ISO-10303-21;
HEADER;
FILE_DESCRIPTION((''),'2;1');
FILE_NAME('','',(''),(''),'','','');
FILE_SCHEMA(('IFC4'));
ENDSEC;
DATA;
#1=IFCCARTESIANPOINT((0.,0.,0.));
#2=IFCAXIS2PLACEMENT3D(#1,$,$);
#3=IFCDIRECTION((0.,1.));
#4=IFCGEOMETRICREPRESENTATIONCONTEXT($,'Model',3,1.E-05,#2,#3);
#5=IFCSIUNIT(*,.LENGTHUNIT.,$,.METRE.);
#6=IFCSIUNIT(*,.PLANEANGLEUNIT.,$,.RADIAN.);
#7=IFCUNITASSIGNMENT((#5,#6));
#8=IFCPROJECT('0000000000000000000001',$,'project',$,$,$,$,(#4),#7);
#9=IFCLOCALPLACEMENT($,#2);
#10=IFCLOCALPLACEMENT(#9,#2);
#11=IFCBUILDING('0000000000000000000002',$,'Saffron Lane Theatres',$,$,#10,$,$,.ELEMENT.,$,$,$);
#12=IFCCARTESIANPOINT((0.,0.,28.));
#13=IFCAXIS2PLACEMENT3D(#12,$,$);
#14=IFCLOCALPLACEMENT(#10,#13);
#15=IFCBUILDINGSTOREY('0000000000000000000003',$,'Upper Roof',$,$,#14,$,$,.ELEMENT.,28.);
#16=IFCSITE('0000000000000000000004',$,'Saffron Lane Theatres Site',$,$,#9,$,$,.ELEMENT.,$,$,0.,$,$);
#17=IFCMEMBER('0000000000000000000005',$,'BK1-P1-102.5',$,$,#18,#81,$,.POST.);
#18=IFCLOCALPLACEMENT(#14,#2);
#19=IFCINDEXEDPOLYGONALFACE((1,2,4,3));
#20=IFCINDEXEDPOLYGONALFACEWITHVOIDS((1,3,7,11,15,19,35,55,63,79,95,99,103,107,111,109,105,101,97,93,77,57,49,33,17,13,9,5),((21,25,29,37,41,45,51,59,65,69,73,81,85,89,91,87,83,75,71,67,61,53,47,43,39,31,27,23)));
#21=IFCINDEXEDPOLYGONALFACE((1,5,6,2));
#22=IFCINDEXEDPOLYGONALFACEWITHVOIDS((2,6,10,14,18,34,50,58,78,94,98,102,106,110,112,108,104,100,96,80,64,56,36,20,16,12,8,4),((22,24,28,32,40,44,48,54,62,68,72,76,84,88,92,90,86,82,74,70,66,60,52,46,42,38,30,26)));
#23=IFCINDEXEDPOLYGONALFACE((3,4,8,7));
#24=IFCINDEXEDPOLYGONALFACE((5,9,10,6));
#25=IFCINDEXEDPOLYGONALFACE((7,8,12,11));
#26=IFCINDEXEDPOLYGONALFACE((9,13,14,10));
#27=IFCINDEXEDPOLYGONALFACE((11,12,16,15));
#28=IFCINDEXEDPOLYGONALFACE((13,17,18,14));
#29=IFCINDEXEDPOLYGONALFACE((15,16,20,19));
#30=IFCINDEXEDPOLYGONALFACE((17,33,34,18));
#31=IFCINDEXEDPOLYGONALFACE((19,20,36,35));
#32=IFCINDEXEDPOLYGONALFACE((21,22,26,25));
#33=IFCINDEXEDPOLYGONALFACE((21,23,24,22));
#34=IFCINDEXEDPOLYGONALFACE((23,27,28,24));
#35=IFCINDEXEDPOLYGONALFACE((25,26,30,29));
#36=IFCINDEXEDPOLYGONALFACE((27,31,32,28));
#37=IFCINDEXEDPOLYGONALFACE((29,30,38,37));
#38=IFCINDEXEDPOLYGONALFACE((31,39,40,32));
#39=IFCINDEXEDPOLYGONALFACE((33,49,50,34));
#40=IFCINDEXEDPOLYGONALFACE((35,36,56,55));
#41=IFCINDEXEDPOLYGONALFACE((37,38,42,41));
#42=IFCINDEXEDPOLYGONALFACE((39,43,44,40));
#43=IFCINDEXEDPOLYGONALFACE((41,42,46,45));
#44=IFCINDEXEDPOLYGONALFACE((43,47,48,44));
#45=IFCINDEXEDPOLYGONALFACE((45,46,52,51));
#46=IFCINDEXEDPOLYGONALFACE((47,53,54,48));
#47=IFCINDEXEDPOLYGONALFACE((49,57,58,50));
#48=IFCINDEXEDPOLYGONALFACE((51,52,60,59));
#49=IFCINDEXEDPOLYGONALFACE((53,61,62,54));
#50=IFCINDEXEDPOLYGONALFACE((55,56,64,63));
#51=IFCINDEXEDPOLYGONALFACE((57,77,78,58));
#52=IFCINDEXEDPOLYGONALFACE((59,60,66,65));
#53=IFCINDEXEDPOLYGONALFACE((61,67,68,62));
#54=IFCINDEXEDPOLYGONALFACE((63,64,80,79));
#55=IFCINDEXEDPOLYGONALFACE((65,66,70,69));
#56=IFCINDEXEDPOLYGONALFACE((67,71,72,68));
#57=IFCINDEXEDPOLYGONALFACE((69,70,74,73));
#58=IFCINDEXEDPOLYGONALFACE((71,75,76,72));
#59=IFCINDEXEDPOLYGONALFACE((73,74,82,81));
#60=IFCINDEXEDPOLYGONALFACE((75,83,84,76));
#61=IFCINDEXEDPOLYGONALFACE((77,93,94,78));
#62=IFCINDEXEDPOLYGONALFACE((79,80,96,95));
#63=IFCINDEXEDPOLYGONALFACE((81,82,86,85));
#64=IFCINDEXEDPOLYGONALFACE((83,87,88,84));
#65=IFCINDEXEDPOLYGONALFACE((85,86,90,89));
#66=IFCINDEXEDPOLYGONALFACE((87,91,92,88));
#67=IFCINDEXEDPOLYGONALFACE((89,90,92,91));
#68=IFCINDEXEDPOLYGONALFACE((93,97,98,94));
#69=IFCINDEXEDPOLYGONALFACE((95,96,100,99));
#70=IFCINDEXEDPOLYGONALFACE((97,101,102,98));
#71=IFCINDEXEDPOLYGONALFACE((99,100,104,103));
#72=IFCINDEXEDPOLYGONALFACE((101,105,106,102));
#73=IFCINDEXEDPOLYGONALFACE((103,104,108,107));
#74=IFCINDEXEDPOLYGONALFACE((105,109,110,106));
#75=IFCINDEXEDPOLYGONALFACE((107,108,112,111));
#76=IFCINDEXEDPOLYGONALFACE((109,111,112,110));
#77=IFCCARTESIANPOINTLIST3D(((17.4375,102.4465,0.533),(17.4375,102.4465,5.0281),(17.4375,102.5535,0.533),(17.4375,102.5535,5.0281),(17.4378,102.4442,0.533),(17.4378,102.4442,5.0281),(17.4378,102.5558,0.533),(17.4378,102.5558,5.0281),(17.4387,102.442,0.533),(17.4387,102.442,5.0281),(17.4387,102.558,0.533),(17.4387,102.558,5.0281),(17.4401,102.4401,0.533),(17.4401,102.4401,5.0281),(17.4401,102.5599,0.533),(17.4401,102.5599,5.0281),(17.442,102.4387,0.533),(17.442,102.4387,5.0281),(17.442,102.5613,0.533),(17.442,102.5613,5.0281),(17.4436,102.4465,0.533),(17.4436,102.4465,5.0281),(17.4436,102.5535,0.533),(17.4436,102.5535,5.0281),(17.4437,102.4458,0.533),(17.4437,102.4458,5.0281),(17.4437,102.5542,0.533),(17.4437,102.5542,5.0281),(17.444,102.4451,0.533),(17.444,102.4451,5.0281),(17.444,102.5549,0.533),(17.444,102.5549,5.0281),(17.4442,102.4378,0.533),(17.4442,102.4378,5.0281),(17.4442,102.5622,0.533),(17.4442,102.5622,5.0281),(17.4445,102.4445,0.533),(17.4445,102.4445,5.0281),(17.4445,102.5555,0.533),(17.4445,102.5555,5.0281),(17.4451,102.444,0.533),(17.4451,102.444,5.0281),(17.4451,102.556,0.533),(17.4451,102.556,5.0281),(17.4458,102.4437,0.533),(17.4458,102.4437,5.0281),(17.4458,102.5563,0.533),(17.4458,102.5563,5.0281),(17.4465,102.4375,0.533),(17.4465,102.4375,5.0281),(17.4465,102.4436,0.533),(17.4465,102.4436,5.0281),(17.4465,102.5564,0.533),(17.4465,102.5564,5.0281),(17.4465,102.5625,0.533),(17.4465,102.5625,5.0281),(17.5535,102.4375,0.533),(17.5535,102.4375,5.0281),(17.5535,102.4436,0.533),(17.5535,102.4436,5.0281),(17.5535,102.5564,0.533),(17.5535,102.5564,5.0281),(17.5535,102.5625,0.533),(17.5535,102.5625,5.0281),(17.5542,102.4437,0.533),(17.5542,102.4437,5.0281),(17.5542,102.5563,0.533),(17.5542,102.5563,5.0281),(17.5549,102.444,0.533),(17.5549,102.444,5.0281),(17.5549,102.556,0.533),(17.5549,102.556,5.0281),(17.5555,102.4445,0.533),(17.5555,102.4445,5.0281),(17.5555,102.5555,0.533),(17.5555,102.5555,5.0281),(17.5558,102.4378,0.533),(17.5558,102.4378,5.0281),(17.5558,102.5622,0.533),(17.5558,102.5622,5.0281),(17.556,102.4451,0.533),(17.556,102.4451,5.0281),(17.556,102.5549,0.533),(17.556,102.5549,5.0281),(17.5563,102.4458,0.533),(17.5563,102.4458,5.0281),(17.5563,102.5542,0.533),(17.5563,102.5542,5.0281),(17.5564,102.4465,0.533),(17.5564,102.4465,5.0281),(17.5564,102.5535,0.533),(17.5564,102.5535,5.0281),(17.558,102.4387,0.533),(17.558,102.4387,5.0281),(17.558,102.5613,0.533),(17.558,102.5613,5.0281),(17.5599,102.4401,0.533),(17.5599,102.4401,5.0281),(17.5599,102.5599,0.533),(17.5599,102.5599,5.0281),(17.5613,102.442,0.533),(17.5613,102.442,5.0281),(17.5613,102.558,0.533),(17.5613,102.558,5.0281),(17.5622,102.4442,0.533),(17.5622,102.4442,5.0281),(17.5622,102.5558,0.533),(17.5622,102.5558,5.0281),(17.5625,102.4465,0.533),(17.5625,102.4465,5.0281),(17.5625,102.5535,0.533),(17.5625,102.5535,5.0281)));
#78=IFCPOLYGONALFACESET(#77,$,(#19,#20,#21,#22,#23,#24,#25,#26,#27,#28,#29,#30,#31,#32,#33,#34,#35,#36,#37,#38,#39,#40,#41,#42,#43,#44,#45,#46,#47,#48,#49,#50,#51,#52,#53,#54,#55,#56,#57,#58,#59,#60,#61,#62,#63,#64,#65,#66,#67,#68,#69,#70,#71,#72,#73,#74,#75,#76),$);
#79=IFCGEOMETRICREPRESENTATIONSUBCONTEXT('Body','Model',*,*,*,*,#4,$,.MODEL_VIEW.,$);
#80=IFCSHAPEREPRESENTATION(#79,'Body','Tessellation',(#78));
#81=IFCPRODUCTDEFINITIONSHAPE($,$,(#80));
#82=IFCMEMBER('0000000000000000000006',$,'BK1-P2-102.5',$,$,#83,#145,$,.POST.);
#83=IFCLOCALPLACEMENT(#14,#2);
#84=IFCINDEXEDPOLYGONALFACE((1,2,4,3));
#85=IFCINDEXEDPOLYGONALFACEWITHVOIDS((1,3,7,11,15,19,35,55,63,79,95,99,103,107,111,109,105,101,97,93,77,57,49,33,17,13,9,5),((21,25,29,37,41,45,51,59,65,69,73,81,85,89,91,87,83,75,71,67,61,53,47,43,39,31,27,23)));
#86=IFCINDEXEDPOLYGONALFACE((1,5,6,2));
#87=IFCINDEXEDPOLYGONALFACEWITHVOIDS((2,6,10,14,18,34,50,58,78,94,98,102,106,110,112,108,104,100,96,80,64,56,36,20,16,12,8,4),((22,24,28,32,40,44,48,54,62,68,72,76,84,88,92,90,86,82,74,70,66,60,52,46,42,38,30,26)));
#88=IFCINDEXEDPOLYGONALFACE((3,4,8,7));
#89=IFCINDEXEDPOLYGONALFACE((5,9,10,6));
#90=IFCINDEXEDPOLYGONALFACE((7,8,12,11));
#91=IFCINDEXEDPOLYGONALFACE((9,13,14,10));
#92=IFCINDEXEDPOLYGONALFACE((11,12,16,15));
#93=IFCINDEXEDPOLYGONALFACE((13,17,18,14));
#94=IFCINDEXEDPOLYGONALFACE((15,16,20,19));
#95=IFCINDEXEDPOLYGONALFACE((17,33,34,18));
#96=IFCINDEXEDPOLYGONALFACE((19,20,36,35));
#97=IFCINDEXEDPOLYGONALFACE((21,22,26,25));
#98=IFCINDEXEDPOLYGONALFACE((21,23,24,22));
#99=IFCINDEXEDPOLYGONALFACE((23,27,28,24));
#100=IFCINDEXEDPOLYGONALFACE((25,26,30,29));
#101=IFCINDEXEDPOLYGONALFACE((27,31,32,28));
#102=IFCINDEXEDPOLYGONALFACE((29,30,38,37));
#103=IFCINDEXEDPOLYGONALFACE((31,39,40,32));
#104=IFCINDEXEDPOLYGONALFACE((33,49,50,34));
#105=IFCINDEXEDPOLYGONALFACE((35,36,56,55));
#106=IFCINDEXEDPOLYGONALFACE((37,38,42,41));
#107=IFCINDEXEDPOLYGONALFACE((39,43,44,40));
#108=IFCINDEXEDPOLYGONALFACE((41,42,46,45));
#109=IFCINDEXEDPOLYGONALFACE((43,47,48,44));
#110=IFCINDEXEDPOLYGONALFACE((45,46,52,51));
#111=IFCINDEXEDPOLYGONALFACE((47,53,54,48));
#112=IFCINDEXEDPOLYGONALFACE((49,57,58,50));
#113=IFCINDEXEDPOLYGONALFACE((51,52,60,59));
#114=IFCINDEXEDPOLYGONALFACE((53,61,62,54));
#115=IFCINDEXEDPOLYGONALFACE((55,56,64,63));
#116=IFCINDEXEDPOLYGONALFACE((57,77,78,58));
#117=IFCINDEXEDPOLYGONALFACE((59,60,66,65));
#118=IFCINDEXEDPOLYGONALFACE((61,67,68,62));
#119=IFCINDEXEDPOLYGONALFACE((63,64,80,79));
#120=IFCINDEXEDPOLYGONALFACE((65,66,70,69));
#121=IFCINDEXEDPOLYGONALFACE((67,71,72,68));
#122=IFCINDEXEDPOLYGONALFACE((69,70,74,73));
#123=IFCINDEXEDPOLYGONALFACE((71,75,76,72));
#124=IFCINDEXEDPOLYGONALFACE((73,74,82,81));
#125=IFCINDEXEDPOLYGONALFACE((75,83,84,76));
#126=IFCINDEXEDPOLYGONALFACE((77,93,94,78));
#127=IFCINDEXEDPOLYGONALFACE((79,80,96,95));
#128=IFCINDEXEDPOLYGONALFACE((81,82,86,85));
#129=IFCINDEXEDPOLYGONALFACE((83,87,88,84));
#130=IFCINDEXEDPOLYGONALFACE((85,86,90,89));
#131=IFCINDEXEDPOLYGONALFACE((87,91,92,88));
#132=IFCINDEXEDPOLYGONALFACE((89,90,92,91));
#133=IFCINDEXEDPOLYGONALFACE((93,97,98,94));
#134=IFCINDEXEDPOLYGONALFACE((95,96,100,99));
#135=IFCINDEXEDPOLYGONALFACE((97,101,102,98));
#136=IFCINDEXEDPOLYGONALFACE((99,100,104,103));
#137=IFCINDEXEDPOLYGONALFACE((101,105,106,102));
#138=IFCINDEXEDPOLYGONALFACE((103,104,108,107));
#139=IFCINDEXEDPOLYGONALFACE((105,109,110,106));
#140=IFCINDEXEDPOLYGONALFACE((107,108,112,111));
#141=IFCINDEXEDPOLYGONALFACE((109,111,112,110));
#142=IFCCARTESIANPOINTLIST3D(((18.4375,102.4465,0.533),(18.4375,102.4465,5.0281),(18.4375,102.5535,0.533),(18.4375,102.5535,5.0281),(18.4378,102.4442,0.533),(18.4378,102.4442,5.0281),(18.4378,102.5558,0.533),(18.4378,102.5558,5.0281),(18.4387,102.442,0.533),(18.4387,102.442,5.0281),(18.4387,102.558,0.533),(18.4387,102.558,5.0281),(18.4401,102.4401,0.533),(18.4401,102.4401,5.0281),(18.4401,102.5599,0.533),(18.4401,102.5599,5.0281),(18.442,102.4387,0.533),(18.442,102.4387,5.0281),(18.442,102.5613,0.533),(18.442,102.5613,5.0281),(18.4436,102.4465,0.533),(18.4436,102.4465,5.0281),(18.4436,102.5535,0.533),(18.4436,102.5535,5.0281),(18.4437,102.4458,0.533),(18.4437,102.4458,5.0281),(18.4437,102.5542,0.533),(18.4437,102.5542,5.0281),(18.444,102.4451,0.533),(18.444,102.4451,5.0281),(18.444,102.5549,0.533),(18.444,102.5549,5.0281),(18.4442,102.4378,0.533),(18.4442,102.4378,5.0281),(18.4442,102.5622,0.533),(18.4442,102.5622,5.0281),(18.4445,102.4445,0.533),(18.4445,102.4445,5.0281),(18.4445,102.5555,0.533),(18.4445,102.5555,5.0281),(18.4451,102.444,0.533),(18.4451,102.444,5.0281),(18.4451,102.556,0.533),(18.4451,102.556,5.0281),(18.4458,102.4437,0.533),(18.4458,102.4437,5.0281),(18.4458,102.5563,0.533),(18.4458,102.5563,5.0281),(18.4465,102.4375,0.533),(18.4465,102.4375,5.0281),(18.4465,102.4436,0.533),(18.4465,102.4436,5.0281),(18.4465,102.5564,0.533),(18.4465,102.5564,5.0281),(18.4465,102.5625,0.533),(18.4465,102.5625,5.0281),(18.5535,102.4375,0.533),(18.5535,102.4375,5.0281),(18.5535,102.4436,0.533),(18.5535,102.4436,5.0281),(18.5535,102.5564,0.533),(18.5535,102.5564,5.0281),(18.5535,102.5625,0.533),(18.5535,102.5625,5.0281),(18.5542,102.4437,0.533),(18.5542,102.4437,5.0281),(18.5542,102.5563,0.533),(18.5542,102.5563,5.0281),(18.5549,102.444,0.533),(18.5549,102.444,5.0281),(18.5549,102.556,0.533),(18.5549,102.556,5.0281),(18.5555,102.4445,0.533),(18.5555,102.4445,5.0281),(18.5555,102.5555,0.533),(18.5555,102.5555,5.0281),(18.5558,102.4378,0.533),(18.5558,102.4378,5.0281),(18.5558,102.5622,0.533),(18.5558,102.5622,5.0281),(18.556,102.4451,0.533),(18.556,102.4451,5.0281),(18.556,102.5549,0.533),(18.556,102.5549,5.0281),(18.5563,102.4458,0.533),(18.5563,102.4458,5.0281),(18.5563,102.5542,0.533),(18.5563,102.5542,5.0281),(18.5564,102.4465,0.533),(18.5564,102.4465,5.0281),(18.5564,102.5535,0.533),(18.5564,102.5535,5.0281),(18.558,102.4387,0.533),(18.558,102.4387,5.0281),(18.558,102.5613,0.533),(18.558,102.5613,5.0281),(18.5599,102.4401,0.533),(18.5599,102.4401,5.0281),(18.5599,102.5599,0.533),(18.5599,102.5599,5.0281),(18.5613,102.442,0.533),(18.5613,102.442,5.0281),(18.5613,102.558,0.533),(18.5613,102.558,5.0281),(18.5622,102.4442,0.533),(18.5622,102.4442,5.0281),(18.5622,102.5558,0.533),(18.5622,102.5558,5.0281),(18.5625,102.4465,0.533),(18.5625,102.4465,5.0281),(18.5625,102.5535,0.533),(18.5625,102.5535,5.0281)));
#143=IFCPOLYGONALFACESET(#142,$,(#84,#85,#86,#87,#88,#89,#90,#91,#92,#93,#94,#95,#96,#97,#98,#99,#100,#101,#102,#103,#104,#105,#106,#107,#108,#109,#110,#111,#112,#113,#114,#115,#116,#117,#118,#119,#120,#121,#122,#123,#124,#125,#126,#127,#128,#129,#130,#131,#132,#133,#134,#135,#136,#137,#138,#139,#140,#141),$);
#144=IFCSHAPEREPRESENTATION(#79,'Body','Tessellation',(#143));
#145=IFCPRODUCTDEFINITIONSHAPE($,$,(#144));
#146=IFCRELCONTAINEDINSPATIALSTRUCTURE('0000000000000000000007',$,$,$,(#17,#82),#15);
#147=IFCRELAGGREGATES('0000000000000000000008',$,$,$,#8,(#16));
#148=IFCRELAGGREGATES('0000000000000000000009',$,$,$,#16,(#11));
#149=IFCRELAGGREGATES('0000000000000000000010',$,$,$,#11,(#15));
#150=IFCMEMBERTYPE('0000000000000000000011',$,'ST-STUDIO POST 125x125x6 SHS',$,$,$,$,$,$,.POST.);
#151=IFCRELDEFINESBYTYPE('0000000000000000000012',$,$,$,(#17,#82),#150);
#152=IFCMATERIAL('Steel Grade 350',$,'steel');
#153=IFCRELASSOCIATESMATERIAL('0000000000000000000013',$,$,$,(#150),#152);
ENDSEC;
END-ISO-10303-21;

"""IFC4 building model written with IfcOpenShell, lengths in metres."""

from ifc_helpers import new_model, si_unit, direction, frame, origin, origin_2d, place, context, subcontext, project, spatial, hollow_rectangle, extrude, material, material_profile, profile_set, type_object, element, save


model = new_model("IFC4")

# Units and contexts
model_context = context("Model", 3, precision=1e-05, world=origin(), true_north=direction((0.0, 1.0)))
body_context = subcontext(model_context, "Body", "Model", "MODEL_VIEW")
ifc_project = project(units=[si_unit("LENGTHUNIT", "METRE"), si_unit("PLANEANGLEUNIT", "RADIAN")], contexts=[model_context])

# Site, building, storey
site_placement = place(None, origin())
site = spatial("IfcSite", under=ifc_project, at=site_placement, Name="Saffron Lane Theatres Site", CompositionType="ELEMENT", RefElevation=0.0)
building_placement = place(site_placement, origin())
building = spatial("IfcBuilding", under=site, at=building_placement, Name="Saffron Lane Theatres", CompositionType="ELEMENT")
storey_placement = place(building_placement, frame((0.0, 0.0, 28.0)))
storey = spatial("IfcBuildingStorey", under=building, at=storey_placement, Name="Upper Roof", CompositionType="ELEMENT", Elevation=28.0)

# Members
ifc_material_1 = material(Name="Steel Grade 350", Category="steel")
ifc_material_profile_1 = material_profile(ifc_material_1, hollow_rectangle(XDim=0.125, YDim=0.125, WallThickness=0.0061, InnerFilletRadius=0.0029, OuterFilletRadius=0.009, at=origin_2d()))
ifc_profile_set_1 = profile_set([ifc_material_profile_1], Name="Steel Grade 350")
member_type_1 = type_object("IfcMemberType", Name="ST-STUDIO POST 125x125x6 SHS", PredefinedType="POST", material=ifc_profile_set_1)
for number, where, z_axis, x_axis, name in (
    (1, (17.5, 102.5, 0.533), (0.0, 0.0, 1.0), (1.0, 0.0, 0.0), "BK1-P1-102.5"),
    (2, (18.5, 102.5, 0.533), (0.0, 0.0, 1.0), (1.0, 0.0, 0.0), "BK1-P2-102.5"),
):
    element("IfcMember", number, at=place(storey_placement, frame(where, z_axis=z_axis, x_axis=x_axis)), inside=storey, type_object=member_type_1, Name=name, PredefinedType="POST", context=body_context, shape_type="SweptSolid", body=[
        extrude(hollow_rectangle(XDim=0.125, YDim=0.125, WallThickness=0.0061, InnerFilletRadius=0.0029, OuterFilletRadius=0.009, at=origin_2d()), origin(), (0.0, 0.0, 1.0), 4.4951),
    ])

save(model, "model.ifc")
